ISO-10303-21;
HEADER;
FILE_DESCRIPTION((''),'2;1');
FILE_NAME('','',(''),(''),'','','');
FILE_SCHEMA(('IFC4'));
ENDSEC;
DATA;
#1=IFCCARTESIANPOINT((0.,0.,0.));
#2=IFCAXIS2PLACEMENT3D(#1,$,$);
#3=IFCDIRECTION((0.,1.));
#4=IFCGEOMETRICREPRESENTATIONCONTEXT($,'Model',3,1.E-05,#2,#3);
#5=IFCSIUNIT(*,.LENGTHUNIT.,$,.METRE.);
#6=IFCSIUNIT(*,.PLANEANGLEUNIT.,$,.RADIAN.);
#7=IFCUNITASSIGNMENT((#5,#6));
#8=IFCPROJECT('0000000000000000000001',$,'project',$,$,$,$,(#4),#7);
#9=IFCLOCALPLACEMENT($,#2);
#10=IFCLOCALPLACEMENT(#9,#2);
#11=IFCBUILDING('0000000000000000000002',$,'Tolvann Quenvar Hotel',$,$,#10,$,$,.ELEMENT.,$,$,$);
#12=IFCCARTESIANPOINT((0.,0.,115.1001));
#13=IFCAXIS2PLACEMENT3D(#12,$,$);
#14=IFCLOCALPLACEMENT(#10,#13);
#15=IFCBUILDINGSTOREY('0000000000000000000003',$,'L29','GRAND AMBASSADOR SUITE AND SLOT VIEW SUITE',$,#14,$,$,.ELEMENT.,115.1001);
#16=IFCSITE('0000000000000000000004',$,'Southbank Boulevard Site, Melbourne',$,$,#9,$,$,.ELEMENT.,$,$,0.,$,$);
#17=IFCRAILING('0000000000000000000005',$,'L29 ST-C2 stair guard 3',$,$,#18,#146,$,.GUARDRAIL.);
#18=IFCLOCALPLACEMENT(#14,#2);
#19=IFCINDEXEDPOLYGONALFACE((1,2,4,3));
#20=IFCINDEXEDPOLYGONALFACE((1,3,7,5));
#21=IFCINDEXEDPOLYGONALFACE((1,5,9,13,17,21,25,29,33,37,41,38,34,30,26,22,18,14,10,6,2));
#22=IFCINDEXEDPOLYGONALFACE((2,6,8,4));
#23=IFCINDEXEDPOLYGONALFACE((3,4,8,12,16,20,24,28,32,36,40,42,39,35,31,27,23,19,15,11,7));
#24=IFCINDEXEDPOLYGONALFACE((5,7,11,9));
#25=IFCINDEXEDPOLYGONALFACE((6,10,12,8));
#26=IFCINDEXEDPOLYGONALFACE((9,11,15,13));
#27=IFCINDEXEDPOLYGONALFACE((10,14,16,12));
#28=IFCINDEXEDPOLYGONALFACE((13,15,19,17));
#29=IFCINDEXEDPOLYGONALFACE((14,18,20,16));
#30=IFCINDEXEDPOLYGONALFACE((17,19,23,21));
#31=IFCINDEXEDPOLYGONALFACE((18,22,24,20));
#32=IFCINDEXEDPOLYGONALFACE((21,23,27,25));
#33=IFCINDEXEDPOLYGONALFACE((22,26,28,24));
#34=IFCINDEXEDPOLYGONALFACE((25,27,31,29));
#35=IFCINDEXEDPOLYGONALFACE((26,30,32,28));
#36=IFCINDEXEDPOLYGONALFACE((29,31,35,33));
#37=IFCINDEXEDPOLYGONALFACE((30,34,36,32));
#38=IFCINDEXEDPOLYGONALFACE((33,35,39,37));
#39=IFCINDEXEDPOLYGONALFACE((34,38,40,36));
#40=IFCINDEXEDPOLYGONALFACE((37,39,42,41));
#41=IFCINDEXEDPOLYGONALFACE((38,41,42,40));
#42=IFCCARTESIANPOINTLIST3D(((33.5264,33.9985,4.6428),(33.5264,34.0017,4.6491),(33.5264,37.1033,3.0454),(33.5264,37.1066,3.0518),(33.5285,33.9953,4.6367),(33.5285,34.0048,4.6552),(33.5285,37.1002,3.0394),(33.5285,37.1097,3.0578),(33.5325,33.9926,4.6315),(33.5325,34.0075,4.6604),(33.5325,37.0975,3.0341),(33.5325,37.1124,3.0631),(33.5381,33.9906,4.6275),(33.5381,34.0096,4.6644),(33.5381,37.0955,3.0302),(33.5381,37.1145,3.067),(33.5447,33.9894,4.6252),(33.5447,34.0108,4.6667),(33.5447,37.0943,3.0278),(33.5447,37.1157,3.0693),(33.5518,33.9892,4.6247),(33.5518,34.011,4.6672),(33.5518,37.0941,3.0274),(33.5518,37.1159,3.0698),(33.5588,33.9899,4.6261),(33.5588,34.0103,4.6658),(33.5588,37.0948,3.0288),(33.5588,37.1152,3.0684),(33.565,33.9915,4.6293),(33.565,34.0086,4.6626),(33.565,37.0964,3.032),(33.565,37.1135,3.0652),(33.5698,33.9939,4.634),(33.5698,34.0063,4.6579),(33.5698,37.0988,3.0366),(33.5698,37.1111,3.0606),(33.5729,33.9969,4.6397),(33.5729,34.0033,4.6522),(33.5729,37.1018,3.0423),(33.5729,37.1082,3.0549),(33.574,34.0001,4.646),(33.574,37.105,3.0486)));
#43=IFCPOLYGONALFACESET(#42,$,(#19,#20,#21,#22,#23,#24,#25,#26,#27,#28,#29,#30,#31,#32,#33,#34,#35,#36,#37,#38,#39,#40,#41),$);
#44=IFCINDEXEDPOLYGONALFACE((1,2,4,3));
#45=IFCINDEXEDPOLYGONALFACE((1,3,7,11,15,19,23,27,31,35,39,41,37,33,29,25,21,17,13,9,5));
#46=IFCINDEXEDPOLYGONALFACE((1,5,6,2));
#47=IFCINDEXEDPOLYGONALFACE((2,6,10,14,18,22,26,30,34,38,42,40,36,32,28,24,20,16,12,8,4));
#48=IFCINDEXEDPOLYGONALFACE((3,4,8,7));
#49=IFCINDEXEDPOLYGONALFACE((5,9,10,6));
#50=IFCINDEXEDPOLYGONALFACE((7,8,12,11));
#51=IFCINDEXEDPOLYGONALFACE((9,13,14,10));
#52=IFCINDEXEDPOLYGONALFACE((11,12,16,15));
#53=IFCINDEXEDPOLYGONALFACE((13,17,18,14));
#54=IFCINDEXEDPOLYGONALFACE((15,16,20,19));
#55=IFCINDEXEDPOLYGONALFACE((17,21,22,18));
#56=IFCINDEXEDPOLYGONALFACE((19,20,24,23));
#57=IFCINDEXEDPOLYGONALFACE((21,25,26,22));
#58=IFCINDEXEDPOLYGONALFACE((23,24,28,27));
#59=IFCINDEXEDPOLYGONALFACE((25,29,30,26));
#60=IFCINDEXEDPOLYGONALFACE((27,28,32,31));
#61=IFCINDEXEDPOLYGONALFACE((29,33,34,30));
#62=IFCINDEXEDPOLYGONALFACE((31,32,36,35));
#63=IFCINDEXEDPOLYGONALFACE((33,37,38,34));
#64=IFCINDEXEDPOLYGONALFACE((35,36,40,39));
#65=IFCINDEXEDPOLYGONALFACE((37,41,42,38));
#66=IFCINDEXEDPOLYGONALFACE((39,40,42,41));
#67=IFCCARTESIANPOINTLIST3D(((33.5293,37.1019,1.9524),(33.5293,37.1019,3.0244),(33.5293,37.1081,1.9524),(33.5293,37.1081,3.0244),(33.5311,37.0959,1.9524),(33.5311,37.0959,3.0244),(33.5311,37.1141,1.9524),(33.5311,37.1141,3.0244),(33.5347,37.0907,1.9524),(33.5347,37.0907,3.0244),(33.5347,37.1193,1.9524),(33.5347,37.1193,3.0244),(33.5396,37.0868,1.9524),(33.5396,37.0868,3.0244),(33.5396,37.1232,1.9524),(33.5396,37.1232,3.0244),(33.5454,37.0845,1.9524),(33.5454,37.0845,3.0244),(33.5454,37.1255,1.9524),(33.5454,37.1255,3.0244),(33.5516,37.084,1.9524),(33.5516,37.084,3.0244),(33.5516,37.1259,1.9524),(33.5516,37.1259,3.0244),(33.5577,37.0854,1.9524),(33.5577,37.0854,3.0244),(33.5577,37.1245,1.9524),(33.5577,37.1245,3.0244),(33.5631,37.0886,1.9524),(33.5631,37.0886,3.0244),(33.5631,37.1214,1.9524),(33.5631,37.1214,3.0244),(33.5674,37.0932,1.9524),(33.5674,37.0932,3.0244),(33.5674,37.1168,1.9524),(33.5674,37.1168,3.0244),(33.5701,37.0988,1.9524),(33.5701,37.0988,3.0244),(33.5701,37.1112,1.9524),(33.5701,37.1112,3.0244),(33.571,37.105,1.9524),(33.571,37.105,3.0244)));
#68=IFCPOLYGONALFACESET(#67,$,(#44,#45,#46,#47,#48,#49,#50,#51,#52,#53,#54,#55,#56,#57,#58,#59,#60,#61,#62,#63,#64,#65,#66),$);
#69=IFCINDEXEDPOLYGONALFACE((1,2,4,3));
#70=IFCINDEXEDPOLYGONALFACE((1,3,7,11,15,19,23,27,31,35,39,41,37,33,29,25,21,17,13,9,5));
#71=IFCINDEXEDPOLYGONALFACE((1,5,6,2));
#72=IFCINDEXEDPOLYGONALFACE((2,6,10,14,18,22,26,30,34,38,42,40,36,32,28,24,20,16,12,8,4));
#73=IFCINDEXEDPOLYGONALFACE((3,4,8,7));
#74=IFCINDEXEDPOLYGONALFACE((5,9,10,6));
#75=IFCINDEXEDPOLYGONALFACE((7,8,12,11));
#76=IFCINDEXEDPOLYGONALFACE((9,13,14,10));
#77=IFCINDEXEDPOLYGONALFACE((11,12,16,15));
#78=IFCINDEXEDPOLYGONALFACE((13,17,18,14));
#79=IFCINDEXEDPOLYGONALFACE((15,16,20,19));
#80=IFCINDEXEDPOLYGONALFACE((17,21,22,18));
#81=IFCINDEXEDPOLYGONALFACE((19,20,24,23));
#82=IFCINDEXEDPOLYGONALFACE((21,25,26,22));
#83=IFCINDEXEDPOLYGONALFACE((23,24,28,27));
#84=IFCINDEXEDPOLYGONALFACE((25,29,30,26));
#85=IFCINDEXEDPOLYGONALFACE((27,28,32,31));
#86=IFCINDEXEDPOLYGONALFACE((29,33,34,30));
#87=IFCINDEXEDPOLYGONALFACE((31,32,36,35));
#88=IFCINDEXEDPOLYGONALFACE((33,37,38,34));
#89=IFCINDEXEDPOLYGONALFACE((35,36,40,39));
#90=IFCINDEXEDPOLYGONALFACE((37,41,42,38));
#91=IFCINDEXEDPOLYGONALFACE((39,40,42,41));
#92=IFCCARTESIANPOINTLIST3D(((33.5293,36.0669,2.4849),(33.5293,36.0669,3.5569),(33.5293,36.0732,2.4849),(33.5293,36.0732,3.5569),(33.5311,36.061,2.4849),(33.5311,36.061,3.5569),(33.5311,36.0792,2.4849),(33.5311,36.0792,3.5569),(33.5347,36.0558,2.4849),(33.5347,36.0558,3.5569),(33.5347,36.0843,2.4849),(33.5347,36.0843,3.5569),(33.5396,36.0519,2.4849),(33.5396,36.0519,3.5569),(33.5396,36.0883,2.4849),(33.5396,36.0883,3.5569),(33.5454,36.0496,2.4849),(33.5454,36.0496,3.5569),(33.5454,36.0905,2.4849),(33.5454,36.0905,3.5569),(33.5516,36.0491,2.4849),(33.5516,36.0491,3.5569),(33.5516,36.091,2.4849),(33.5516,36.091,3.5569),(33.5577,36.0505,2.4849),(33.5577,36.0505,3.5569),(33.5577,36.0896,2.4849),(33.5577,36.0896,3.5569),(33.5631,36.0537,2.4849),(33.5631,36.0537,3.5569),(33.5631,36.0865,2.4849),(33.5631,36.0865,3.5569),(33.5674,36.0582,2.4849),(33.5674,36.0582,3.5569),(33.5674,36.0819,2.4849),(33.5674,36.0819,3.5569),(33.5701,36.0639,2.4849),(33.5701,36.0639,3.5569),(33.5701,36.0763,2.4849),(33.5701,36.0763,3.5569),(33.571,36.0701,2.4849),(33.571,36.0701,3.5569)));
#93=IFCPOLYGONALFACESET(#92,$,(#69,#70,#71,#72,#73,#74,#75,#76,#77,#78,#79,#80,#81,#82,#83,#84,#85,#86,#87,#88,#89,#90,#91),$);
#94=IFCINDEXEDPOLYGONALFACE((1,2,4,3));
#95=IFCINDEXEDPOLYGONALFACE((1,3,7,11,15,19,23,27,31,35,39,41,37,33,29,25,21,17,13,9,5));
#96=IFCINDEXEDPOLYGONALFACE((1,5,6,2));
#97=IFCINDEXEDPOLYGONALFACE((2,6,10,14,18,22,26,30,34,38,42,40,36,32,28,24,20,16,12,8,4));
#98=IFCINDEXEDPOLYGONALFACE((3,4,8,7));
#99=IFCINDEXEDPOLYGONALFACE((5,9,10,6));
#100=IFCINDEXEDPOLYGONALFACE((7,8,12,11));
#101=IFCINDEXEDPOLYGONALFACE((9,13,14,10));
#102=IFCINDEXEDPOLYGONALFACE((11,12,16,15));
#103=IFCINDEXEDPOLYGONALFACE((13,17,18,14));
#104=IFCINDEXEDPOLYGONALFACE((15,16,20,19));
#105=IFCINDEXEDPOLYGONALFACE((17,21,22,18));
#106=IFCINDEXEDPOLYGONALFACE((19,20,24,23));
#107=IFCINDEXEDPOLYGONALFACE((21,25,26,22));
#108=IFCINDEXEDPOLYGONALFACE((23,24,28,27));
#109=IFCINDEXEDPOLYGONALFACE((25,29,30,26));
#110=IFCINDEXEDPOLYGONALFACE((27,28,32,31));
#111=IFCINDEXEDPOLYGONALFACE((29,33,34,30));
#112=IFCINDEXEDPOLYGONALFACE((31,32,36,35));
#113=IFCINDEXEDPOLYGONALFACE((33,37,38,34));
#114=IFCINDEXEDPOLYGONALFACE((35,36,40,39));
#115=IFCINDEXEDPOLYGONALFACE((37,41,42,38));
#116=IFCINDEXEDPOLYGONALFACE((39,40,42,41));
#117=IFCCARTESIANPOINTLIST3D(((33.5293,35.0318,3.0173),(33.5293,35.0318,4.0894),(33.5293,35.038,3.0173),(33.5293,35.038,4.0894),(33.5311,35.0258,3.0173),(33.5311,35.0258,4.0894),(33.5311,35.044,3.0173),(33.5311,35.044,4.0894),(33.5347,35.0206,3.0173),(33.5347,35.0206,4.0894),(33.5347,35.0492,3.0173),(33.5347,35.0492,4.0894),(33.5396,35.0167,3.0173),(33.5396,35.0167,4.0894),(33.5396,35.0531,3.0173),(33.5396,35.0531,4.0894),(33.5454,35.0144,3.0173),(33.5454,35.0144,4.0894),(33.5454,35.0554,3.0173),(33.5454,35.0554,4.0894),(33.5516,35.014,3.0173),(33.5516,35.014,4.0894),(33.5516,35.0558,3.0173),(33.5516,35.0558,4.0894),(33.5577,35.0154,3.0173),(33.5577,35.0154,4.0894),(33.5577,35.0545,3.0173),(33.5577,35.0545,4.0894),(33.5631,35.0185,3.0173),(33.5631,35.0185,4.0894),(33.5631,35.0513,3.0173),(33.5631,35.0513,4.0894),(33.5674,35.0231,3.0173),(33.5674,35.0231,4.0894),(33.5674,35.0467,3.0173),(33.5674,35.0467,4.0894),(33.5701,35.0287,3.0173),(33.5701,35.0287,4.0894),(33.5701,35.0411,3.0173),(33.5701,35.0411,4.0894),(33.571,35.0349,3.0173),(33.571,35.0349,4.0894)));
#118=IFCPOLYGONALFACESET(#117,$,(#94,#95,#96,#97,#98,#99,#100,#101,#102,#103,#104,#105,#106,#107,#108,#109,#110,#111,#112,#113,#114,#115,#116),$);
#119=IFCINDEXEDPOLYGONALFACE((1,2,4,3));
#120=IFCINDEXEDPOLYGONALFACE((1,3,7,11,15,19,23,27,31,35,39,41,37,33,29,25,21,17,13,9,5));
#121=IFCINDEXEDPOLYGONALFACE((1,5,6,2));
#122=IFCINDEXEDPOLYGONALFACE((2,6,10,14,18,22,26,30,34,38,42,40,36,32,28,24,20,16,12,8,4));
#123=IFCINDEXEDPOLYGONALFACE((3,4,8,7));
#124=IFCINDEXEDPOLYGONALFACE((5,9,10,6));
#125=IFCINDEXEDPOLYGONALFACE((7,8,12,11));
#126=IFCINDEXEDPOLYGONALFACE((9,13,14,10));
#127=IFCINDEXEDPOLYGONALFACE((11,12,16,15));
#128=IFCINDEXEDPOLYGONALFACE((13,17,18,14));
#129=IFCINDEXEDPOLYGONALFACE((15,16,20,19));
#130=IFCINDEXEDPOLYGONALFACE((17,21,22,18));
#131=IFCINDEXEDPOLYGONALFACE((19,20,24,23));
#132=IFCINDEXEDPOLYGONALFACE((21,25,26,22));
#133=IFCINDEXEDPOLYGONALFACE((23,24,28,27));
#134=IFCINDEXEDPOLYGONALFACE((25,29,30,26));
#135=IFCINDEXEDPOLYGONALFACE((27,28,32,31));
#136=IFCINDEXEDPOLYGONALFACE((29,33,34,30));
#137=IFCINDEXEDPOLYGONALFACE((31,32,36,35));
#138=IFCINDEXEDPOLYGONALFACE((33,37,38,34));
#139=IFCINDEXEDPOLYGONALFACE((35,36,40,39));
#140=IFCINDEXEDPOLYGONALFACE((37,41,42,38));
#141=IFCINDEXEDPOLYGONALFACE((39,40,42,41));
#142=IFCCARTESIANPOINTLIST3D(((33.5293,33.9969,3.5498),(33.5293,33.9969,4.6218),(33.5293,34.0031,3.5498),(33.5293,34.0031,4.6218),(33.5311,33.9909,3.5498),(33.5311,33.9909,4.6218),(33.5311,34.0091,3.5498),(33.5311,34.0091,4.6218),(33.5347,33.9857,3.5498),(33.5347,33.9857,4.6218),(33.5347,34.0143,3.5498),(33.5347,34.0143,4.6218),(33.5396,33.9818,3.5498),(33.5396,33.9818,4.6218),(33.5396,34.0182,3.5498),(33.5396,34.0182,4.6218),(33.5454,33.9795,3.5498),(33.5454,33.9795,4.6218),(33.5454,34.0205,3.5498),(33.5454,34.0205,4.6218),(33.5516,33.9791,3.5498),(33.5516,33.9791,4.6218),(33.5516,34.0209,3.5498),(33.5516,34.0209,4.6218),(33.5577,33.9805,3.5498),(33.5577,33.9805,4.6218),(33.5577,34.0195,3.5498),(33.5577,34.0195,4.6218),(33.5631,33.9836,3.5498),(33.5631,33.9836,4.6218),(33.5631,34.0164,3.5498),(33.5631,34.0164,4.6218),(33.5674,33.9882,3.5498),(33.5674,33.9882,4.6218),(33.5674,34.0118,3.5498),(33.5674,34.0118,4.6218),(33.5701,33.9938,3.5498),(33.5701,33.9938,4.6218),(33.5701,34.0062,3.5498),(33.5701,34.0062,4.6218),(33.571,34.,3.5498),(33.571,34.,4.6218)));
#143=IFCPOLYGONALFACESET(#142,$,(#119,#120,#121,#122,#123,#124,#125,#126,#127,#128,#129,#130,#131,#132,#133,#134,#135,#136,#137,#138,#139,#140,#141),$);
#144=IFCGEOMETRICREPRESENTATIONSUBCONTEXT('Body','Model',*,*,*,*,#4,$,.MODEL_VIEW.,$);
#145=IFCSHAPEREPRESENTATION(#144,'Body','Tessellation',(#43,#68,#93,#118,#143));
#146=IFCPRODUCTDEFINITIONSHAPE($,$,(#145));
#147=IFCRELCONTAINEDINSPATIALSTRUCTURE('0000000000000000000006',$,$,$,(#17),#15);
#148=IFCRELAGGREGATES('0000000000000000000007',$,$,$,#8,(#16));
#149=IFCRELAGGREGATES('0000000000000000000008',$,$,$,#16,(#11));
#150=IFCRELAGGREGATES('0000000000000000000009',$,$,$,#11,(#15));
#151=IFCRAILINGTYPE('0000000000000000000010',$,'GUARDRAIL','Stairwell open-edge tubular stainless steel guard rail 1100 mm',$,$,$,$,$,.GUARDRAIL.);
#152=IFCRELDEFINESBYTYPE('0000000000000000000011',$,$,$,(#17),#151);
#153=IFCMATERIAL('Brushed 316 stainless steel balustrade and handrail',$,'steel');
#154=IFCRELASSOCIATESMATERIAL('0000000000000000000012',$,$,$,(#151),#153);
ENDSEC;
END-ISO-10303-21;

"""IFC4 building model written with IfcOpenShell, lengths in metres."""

from ifc_helpers import new_model, si_unit, direction, frame, origin, origin_2d, place, context, subcontext, project, spatial, circle, extrude, material, type_object, element, save


model = new_model("IFC4")

# Units and contexts
model_context = context("Model", 3, precision=1e-05, world=origin(), true_north=direction((0.0, 1.0)))
body_context = subcontext(model_context, "Body", "Model", "MODEL_VIEW")
ifc_project = project(units=[si_unit("LENGTHUNIT", "METRE"), si_unit("PLANEANGLEUNIT", "RADIAN")], contexts=[model_context])

# Site, building, storey
site_placement = place(None, origin())
site = spatial("IfcSite", under=ifc_project, at=site_placement, Name="Southbank Boulevard Site, Melbourne", CompositionType="ELEMENT", RefElevation=0.0)
building_placement = place(site_placement, origin())
building = spatial("IfcBuilding", under=site, at=building_placement, Name="Tolvann Quenvar Hotel", CompositionType="ELEMENT")
storey_placement = place(building_placement, frame((0.0, 0.0, 115.1001)))
storey = spatial("IfcBuildingStorey", under=building, at=storey_placement, Name="L29", Description="GRAND AMBASSADOR SUITE AND SLOT VIEW SUITE", CompositionType="ELEMENT", Elevation=115.1001)

# Railing
ifc_material_1 = material(Name="Brushed 316 stainless steel balustrade and handrail", Category="steel")
railing_type_1 = type_object("IfcRailingType", Name="GUARDRAIL", Description="Stairwell open-edge tubular stainless steel guard rail 1100 mm", PredefinedType="GUARDRAIL", material=ifc_material_1)
railing_1_placement = place(storey_placement, frame((33.55, 37.105, 1.9524)))
element("IfcRailing", 1, at=railing_1_placement, inside=storey, type_object=railing_type_1, Name="L29 ST-C2 stair guard 3", PredefinedType="GUARDRAIL", context=body_context, shape_type="SweptSolid", body=[
    extrude(circle(Radius=0.0239, at=origin_2d()), frame((0.0, 0.0, 1.0962), z_axis=(0.0, -0.889222, 0.457476), x_axis=(1.0, 0.0, 0.0)), (0.0, 0.0, 1.0), 3.4917),
    extrude(circle(Radius=0.021, at=origin_2d()), origin(), (0.0, 0.0, 1.0), 1.072),
    extrude(circle(Radius=0.021, at=origin_2d()), frame((0.0, -1.0349, 0.5325)), (0.0, 0.0, 1.0), 1.072),
    extrude(circle(Radius=0.021, at=origin_2d()), frame((0.0, -2.0701, 1.0649)), (0.0, 0.0, 1.0), 1.072),
    extrude(circle(Radius=0.021, at=origin_2d()), frame((0.0, -3.105, 1.5974)), (0.0, 0.0, 1.0), 1.072),
])

save(model, "model.ifc")
